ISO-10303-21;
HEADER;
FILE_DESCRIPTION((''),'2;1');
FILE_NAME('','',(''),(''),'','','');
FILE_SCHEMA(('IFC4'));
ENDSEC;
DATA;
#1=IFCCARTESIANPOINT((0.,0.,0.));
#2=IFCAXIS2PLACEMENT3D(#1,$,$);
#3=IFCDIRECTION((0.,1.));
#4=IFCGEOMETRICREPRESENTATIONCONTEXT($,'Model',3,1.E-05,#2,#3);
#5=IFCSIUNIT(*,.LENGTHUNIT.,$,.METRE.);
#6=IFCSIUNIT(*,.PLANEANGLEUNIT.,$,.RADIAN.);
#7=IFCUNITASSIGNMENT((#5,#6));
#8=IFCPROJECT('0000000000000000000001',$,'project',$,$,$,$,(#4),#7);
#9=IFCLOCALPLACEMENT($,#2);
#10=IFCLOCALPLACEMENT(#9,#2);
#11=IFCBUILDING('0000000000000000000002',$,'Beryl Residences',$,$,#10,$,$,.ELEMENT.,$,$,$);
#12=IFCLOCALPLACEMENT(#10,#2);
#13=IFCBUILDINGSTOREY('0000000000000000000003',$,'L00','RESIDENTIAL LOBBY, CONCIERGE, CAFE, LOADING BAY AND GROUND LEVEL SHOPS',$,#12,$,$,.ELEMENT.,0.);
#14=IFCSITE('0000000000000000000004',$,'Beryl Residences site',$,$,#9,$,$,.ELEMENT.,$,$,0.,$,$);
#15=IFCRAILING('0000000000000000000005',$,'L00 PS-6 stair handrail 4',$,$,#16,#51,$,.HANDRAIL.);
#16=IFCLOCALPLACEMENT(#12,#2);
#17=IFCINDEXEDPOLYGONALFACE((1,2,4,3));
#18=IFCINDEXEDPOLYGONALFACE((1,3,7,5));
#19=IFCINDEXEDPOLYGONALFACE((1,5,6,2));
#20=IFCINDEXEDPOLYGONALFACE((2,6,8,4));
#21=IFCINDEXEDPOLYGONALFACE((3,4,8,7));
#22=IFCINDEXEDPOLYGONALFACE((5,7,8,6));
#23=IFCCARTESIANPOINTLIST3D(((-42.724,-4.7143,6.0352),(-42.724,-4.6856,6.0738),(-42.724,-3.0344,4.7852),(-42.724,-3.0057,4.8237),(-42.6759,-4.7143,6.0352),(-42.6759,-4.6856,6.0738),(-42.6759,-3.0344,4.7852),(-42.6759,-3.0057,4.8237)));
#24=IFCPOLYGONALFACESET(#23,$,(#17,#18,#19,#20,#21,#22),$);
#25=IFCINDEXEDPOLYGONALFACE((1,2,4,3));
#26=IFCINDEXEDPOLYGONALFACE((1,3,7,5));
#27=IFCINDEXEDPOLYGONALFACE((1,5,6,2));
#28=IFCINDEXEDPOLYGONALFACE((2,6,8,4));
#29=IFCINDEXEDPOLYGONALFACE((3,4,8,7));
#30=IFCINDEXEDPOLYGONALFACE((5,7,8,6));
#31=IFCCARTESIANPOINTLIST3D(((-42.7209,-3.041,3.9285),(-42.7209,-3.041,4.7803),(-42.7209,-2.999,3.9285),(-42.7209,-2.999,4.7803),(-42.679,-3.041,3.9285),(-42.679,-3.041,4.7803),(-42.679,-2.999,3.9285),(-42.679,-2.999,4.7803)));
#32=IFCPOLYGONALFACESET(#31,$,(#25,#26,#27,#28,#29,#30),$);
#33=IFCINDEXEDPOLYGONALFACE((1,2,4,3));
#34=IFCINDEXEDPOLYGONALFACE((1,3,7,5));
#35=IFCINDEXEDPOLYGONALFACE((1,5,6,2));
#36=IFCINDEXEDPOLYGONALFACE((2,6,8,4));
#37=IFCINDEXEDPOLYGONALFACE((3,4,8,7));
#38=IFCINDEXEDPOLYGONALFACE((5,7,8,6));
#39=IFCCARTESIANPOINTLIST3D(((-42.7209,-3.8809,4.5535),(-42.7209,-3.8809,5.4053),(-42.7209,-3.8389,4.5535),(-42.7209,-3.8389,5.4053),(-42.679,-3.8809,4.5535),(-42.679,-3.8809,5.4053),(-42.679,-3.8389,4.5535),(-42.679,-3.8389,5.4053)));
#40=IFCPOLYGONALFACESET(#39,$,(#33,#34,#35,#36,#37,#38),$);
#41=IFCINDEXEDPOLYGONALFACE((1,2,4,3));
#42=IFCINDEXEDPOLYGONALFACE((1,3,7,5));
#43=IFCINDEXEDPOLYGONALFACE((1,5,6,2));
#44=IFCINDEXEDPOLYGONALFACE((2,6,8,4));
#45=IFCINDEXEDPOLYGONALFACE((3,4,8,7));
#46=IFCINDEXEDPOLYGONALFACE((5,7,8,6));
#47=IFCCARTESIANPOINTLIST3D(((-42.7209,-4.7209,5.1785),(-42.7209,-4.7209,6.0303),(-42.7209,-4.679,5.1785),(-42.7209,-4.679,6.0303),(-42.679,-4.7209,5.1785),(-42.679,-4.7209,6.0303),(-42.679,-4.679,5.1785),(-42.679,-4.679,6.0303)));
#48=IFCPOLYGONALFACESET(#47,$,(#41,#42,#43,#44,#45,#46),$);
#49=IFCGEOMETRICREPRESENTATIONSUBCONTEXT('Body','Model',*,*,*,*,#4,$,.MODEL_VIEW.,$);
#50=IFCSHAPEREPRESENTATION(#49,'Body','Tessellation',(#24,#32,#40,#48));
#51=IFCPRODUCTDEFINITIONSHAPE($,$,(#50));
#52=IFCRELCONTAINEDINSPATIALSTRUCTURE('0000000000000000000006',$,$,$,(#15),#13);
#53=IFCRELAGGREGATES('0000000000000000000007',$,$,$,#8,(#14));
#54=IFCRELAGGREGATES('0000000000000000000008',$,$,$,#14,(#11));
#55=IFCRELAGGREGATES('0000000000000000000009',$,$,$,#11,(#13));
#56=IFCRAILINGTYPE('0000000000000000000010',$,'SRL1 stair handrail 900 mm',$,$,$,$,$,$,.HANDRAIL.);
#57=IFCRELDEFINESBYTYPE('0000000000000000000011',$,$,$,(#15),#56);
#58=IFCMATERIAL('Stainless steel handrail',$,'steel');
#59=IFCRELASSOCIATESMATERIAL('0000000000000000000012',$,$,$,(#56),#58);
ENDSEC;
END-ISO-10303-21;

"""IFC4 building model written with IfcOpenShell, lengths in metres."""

from ifc_helpers import new_model, si_unit, direction, frame, origin, origin_2d, place, context, subcontext, project, spatial, rectangle, extrude, material, type_object, element, save


model = new_model("IFC4")

# Units and contexts
model_context = context("Model", 3, precision=1e-05, world=origin(), true_north=direction((0.0, 1.0)))
body_context = subcontext(model_context, "Body", "Model", "MODEL_VIEW")
ifc_project = project(units=[si_unit("LENGTHUNIT", "METRE"), si_unit("PLANEANGLEUNIT", "RADIAN")], contexts=[model_context])

# Site, building, storey
site_placement = place(None, origin())
site = spatial("IfcSite", under=ifc_project, at=site_placement, Name="Beryl Residences site", CompositionType="ELEMENT", RefElevation=0.0)
building_placement = place(site_placement, origin())
building = spatial("IfcBuilding", under=site, at=building_placement, Name="Beryl Residences", CompositionType="ELEMENT")
storey_placement = place(building_placement, origin())
storey = spatial("IfcBuildingStorey", under=building, at=storey_placement, Name="L00", Description="RESIDENTIAL LOBBY, CONCIERGE, CAFE, LOADING BAY AND GROUND LEVEL SHOPS", CompositionType="ELEMENT", Elevation=0.0)

# Railing
ifc_material_1 = material(Name="Stainless steel handrail", Category="steel")
railing_type_1 = type_object("IfcRailingType", Name="SRL1 stair handrail 900 mm", PredefinedType="HANDRAIL", material=ifc_material_1)
railing_1_placement = place(storey_placement, frame((-42.7, -3.02, 3.9285)))
element("IfcRailing", 1, at=railing_1_placement, inside=storey, type_object=railing_type_1, Name="L00 PS-6 stair handrail 4", PredefinedType="HANDRAIL", context=body_context, shape_type="SweptSolid", body=[
    extrude(rectangle(XDim=0.0481, YDim=0.0481, at=origin_2d()), frame((0.0, 0.0, 0.876), z_axis=(0.0, -0.802275, 0.596955), x_axis=(1.0, 0.0, 0.0)), (0.0, 0.0, 1.0), 2.094),
    extrude(rectangle(XDim=0.042, YDim=0.042, at=origin_2d()), origin(), (0.0, 0.0, 1.0), 0.8518),
    extrude(rectangle(XDim=0.042, YDim=0.042, at=origin_2d()), frame((0.0, -0.8398, 0.625)), (0.0, 0.0, 1.0), 0.8518),
    extrude(rectangle(XDim=0.042, YDim=0.042, at=origin_2d()), frame((0.0, -1.6799, 1.25)), (0.0, 0.0, 1.0), 0.8518),
])

save(model, "model.ifc")
